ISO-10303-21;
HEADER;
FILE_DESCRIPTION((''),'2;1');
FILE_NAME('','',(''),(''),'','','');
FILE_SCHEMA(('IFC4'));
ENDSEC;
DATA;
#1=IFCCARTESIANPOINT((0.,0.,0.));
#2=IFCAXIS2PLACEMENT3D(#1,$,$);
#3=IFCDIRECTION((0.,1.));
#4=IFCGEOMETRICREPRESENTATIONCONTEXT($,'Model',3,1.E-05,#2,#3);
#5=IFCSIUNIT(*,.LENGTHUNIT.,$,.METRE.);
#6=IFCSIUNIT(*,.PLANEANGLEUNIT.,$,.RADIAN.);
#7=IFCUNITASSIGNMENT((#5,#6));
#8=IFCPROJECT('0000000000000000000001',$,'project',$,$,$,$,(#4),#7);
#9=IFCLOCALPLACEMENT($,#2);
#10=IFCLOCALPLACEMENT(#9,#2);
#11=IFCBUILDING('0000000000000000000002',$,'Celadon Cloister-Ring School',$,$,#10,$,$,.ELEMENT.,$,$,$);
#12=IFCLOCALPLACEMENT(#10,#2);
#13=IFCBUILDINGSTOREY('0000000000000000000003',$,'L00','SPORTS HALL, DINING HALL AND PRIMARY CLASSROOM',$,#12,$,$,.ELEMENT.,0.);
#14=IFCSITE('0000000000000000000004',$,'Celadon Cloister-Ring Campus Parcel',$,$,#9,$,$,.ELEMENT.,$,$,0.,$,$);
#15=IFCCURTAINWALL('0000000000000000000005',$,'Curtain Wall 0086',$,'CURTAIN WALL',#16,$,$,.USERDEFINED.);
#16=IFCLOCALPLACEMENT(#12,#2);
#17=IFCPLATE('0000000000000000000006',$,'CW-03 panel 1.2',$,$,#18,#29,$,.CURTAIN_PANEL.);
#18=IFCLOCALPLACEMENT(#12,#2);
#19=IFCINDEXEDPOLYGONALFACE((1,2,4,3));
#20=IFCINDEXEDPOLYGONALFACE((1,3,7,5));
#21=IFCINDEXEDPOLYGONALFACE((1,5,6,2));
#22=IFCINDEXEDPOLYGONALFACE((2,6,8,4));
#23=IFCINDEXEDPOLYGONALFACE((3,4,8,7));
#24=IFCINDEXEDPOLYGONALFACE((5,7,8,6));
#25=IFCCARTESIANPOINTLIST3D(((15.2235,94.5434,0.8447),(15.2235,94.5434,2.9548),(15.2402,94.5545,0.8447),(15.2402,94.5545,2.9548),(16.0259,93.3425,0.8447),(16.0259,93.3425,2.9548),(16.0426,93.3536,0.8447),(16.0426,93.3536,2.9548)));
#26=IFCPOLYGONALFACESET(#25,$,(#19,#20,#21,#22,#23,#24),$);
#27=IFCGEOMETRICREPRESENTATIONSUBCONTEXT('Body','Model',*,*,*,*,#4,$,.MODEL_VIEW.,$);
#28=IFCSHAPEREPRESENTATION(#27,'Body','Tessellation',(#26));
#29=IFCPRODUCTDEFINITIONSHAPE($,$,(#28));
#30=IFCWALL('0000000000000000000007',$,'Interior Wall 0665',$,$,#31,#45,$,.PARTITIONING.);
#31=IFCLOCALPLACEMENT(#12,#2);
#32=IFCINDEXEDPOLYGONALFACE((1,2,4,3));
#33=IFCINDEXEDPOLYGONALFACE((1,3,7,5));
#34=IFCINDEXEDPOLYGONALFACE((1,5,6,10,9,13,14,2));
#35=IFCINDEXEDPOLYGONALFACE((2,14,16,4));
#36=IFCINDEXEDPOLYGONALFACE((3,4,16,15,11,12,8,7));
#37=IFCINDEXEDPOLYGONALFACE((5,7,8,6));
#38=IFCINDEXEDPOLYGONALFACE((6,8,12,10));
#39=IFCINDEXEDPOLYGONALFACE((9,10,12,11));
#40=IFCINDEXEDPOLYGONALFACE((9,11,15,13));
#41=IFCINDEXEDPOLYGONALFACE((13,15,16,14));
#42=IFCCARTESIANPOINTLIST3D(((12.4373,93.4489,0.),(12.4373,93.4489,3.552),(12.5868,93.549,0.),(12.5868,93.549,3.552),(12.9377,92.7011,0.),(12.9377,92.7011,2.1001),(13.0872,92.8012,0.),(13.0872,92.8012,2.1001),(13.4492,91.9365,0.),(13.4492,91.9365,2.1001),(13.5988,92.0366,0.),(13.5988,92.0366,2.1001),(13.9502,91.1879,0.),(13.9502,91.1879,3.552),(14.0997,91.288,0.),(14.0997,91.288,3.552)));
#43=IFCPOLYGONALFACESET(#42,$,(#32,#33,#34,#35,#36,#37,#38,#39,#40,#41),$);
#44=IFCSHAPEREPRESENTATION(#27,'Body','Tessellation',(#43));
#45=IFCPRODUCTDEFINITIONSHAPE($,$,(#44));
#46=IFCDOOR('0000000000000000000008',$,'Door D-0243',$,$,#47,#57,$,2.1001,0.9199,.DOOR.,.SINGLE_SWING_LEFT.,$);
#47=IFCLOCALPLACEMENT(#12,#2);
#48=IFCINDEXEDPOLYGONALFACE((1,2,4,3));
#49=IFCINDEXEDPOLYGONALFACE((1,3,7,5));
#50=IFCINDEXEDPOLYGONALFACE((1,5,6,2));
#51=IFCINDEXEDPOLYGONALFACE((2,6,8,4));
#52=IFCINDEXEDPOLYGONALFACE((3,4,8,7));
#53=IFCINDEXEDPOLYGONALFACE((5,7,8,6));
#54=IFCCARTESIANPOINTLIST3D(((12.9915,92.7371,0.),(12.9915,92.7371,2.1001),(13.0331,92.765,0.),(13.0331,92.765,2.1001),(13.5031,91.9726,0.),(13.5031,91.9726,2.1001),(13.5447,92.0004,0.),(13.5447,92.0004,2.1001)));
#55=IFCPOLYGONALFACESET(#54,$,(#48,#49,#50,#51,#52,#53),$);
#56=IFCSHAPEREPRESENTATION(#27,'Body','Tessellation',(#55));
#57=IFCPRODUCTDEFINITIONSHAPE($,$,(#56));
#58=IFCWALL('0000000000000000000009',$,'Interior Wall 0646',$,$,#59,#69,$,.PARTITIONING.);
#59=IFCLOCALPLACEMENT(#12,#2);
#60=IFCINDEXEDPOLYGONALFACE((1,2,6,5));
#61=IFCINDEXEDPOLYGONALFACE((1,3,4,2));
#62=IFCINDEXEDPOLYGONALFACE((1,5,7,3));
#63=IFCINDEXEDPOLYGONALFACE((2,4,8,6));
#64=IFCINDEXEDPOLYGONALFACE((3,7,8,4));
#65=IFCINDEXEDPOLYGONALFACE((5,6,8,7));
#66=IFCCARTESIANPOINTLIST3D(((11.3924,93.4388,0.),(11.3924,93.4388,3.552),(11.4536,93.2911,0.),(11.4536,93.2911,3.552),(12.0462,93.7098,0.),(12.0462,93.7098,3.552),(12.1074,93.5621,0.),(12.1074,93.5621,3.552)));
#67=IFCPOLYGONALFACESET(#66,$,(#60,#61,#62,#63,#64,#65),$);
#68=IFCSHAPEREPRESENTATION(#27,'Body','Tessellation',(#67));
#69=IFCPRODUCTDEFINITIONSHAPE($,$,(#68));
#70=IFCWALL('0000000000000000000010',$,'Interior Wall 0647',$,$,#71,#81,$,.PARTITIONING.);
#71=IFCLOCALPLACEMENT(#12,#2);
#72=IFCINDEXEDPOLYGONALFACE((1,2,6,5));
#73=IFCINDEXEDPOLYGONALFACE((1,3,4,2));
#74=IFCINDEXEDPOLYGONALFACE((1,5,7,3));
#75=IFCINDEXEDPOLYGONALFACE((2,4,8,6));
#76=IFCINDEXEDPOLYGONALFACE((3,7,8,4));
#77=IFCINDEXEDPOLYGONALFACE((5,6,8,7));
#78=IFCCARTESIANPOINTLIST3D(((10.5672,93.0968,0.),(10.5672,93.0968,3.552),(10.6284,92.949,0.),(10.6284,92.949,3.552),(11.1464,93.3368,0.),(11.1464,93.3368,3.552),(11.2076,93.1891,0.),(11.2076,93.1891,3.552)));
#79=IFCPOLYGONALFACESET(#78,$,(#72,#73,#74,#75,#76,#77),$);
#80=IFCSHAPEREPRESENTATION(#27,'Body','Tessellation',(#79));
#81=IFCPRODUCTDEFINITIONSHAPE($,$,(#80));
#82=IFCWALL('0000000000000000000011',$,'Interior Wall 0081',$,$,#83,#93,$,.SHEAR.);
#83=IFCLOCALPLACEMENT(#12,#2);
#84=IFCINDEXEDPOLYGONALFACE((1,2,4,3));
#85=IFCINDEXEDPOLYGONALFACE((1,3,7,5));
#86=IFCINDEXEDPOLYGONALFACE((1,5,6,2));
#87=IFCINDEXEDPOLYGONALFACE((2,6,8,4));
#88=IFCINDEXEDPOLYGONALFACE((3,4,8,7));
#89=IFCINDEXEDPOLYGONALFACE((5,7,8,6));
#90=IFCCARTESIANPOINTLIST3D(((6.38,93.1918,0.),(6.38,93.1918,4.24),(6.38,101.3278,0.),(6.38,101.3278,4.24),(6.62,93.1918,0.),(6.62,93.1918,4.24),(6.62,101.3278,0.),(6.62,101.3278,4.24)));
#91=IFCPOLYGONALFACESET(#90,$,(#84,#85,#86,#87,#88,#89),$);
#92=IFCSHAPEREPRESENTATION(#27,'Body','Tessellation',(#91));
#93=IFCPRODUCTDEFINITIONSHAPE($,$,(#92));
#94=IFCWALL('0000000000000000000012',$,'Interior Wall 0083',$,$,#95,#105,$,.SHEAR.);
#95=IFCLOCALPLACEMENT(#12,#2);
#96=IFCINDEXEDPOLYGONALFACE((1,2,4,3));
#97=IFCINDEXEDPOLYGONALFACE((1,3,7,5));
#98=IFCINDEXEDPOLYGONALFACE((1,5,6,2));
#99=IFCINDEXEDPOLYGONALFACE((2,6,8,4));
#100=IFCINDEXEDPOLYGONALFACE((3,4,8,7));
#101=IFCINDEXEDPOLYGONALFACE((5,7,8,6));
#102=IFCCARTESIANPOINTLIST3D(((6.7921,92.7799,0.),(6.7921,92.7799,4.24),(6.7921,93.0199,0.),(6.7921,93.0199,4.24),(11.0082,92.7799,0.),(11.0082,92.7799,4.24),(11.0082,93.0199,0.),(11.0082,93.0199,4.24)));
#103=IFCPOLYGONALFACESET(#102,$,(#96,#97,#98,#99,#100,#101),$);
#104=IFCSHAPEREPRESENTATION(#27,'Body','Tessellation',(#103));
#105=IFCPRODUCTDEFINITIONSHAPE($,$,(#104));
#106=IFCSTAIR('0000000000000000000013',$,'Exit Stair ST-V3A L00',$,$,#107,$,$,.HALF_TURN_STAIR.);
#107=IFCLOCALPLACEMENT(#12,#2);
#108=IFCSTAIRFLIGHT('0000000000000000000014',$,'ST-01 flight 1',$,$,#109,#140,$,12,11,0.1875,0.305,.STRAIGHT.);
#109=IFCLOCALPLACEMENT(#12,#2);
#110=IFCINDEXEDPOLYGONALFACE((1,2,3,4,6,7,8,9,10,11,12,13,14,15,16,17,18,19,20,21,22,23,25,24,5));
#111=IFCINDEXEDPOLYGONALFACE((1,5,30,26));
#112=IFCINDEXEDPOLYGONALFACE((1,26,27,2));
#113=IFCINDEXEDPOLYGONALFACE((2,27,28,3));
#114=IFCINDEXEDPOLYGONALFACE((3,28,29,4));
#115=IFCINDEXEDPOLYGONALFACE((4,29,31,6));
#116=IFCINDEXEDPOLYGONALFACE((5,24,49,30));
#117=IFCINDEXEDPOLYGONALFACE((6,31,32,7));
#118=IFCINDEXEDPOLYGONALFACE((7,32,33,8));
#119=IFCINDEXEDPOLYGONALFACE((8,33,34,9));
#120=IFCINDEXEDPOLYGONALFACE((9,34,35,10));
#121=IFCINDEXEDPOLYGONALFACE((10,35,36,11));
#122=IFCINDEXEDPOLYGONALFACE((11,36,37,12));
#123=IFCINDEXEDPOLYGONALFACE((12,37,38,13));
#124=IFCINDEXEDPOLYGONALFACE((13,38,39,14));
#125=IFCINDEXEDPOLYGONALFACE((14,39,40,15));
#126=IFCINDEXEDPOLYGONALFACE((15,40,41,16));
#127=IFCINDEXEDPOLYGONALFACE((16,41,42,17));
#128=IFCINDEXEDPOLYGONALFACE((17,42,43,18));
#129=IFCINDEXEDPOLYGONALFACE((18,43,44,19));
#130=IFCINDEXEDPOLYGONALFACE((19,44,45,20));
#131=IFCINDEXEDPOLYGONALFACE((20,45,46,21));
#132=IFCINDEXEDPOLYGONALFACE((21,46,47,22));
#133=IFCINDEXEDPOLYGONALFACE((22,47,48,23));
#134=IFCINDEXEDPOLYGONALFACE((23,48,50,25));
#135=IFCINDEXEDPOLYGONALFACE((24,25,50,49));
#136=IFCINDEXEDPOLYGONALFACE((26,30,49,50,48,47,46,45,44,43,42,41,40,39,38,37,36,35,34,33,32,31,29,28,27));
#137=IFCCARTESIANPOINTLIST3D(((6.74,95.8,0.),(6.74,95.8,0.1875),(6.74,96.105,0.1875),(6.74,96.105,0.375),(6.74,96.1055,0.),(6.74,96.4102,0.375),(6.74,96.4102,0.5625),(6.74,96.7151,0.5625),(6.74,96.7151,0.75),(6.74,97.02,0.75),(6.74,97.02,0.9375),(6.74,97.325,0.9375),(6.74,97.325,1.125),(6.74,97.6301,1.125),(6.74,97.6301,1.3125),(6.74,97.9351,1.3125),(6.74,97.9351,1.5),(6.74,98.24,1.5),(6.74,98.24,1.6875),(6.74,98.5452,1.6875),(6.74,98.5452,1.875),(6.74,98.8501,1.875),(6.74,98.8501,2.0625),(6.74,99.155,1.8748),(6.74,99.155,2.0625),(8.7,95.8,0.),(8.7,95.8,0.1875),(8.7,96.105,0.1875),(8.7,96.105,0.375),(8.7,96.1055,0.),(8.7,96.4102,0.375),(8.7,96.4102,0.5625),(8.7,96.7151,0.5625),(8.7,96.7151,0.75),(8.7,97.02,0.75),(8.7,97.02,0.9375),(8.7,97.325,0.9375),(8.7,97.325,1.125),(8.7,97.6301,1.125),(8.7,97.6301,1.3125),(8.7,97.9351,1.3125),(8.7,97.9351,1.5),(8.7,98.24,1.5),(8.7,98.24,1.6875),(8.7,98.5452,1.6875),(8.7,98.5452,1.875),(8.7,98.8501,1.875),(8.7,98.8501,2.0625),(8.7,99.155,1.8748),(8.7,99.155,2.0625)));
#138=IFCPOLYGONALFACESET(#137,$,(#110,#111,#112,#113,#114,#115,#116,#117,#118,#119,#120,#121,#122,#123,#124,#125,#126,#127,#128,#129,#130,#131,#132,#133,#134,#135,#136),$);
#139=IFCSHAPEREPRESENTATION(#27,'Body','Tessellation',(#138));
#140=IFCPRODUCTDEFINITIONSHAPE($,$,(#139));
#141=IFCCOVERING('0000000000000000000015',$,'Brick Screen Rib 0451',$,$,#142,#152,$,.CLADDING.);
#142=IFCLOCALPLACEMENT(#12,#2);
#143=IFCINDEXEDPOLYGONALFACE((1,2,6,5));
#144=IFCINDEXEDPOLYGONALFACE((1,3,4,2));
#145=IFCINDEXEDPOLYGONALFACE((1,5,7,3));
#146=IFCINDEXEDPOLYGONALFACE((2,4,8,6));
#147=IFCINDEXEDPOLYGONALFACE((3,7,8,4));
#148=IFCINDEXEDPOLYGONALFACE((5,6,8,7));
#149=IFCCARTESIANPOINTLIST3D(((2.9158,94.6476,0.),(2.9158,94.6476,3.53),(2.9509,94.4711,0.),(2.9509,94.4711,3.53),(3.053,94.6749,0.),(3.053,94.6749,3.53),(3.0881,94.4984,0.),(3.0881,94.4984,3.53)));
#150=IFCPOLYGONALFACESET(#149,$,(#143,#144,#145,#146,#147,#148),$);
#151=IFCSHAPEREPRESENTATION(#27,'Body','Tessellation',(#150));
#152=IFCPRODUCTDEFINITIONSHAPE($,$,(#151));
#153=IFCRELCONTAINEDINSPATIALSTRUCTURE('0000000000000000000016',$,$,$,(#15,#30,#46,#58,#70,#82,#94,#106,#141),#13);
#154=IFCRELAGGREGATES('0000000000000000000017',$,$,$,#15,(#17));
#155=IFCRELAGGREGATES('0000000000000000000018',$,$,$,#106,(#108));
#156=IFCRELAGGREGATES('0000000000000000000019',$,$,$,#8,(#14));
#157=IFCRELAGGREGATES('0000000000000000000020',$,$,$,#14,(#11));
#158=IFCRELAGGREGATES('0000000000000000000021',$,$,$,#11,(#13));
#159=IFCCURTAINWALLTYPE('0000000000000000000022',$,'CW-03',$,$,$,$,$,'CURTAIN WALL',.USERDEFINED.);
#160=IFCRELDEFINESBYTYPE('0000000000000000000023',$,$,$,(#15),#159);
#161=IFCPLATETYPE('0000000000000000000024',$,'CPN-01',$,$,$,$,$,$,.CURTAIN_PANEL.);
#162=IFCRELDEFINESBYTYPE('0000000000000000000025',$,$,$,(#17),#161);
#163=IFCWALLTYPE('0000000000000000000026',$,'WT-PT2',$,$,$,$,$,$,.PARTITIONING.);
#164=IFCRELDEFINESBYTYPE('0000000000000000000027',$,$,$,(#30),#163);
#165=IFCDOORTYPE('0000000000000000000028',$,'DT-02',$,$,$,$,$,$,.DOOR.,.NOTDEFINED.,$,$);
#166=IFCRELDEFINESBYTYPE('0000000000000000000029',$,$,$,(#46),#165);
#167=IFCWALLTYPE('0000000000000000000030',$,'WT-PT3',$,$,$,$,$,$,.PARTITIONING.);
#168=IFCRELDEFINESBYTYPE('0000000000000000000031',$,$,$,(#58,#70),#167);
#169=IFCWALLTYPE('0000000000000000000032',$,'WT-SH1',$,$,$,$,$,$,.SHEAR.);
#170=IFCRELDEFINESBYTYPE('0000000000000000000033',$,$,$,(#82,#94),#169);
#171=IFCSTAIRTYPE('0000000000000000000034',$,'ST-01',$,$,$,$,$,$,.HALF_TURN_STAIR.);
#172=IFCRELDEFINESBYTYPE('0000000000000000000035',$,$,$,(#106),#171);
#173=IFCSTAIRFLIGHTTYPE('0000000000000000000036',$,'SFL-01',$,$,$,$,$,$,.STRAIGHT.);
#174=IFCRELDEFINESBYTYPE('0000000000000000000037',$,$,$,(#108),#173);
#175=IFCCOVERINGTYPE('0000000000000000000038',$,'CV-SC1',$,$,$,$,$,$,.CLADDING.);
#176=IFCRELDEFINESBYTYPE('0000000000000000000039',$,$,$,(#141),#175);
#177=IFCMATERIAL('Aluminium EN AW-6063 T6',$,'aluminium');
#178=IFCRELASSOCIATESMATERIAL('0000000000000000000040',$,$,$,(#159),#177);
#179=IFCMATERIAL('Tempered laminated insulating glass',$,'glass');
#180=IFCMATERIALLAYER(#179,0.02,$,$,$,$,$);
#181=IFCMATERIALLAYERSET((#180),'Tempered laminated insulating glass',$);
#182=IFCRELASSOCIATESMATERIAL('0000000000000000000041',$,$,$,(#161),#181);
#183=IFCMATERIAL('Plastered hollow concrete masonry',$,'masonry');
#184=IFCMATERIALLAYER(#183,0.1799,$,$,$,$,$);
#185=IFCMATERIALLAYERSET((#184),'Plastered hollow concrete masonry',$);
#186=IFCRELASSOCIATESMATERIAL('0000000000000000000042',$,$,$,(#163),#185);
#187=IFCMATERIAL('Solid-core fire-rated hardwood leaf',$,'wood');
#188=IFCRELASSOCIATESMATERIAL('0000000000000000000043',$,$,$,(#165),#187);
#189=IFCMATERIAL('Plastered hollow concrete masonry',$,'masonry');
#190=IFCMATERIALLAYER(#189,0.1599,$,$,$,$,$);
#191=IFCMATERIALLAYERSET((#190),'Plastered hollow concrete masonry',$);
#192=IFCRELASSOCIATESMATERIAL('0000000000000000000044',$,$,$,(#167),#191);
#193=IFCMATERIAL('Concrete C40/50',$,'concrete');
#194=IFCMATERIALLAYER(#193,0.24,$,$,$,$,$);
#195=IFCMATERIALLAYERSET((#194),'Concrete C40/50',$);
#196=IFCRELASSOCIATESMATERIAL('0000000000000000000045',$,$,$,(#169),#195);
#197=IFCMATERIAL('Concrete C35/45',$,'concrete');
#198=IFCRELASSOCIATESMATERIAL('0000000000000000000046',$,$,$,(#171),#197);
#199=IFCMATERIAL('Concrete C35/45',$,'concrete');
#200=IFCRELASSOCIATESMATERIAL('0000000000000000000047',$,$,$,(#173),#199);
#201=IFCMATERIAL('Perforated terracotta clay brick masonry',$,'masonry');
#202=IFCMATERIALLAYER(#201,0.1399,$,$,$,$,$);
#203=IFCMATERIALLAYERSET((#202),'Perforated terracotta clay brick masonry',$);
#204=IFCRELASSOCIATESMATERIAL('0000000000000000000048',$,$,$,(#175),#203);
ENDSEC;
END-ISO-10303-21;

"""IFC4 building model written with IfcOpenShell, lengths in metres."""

from ifc_helpers import new_model, si_unit, direction, frame, frame_2d, origin, origin_2d, place, context, subcontext, project, spatial, polyline, rectangle, outline, extrude, material, layer, layer_set, type_object, element, fill, aggregate, save


model = new_model("IFC4")

# Units and contexts
model_context = context("Model", 3, precision=1e-05, world=origin(), true_north=direction((0.0, 1.0)))
body_context = subcontext(model_context, "Body", "Model", "MODEL_VIEW")
ifc_project = project(units=[si_unit("LENGTHUNIT", "METRE"), si_unit("PLANEANGLEUNIT", "RADIAN")], contexts=[model_context])

# Site, building, storey
site_placement = place(None, origin())
site = spatial("IfcSite", under=ifc_project, at=site_placement, Name="Celadon Cloister-Ring Campus Parcel", CompositionType="ELEMENT", RefElevation=0.0)
building_placement = place(site_placement, origin())
building = spatial("IfcBuilding", under=site, at=building_placement, Name="Celadon Cloister-Ring School", CompositionType="ELEMENT")
storey_placement = place(building_placement, origin())
storey = spatial("IfcBuildingStorey", under=building, at=storey_placement, Name="L00", Description="SPORTS HALL, DINING HALL AND PRIMARY CLASSROOM", CompositionType="ELEMENT", Elevation=0.0)

# Shared definitions
ifc_material_1 = material(Name="Aluminium EN AW-6063 T6", Category="aluminium")
curtain_wall_type = type_object("IfcCurtainWallType", Name="CW-03", ElementType="CURTAIN WALL", PredefinedType="USERDEFINED", material=ifc_material_1)

# Curtain wall
curtain_wall_1_placement = place(storey_placement, origin())
curtain_wall_1 = element("IfcCurtainWall", 1, at=curtain_wall_1_placement, inside=storey, type_object=curtain_wall_type, Name="Curtain Wall 0086", ObjectType="CURTAIN WALL", PredefinedType="USERDEFINED")

# Plate
ifc_material_2 = material(Name="Tempered laminated insulating glass", Category="glass")
ifc_layer_1 = layer(ifc_material_2, 0.02)
ifc_layer_set_1 = layer_set([ifc_layer_1], Name="Tempered laminated insulating glass")
plate_type = type_object("IfcPlateType", Name="CPN-01", PredefinedType="CURTAIN_PANEL", material=ifc_layer_set_1)
plate_1_placement = place(storey_placement, frame((15.6331, 93.9485, 0.8447), z_axis=(0.0, 0.0, 1.0), x_axis=(0.555547, -0.831485, 0.0)))
plate_1 = element("IfcPlate", 2, at=plate_1_placement, type_object=plate_type, Name="CW-03 panel 1.2", PredefinedType="CURTAIN_PANEL", context=body_context, shape_type="SweptSolid", body=[
    extrude(rectangle(XDim=1.4443, YDim=0.02, at=origin_2d()), origin(), (0.0, 0.0, 1.0), 2.1101),
])
aggregate(curtain_wall_1, [plate_1])

# Wall, opening, door
ifc_material_3 = material(Name="Plastered hollow concrete masonry", Category="masonry")
ifc_layer_2 = layer(ifc_material_3, 0.1799)
ifc_layer_set_2 = layer_set([ifc_layer_2], Name="Plastered hollow concrete masonry")
wall_type_1 = type_object("IfcWallType", Name="WT-PT2", PredefinedType="PARTITIONING", material=ifc_layer_set_2)
wall_1_placement = place(storey_placement, frame((12.512, 93.499, 0.0), z_axis=(0.0, 0.0, 1.0), x_axis=(0.556128, -0.831096, 0.0)))
wall_1 = element("IfcWall", 3, at=wall_1_placement, inside=storey, type_object=wall_type_1, Name="Interior Wall 0665", PredefinedType="PARTITIONING", context=body_context, shape_type="SweptSolid", body=[
    extrude(rectangle(XDim=2.7205, YDim=0.1799, at=frame_2d((1.3604, 0.0))), origin(), (0.0, 0.0, 1.0), 3.552),
])
opening_placement = place(wall_1_placement, frame((0.8999, 0.0, 0.0)))
opening = element("IfcOpeningElement", 4, at=opening_placement, cuts=wall_1, PredefinedType="OPENING", context=body_context, shape_type="SweptSolid", body=[
    extrude(rectangle(XDim=0.9199, YDim=2.1001, at=frame_2d((0.46, 1.05))), frame((0.0, 0.1001, 0.0), z_axis=(0.0, -1.0, 0.0), x_axis=(1.0, 0.0, 0.0)), (0.0, 0.0, 1.0), 0.2),
])
ifc_material_4 = material(Name="Solid-core fire-rated hardwood leaf", Category="wood")
door_type = type_object("IfcDoorType", Name="DT-02", OperationType="NOTDEFINED", PredefinedType="DOOR", material=ifc_material_4)
door_placement = place(opening_placement, origin())
door = element("IfcDoor", 5, at=door_placement, inside=storey, type_object=door_type, Name="Door D-0243", OperationType="SINGLE_SWING_LEFT", OverallHeight=2.1001, OverallWidth=0.9199, PredefinedType="DOOR", context=body_context, shape_type="SweptSolid", body=[
    extrude(rectangle(XDim=0.9199, YDim=2.1001, at=frame_2d((0.46, 1.05))), frame((0.0, 0.0249, 0.0), z_axis=(0.0, -1.0, 0.0), x_axis=(1.0, 0.0, 0.0)), (0.0, 0.0, 1.0), 0.05),
])
fill(opening, door)

# Walls
ifc_material_5 = material(Name="Plastered hollow concrete masonry", Category="masonry")
ifc_layer_3 = layer(ifc_material_5, 0.1599)
ifc_layer_set_3 = layer_set([ifc_layer_3], Name="Plastered hollow concrete masonry")
wall_type_2 = type_object("IfcWallType", Name="WT-PT3", PredefinedType="PARTITIONING", material=ifc_layer_set_3)
wall_2_placement = place(storey_placement, frame((12.0769, 93.636, 0.0), z_axis=(0.0, 0.0, 1.0), x_axis=(-0.92379, -0.3829, 0.0)))
element("IfcWall", 6, at=wall_2_placement, inside=storey, type_object=wall_type_2, Name="Interior Wall 0646", PredefinedType="PARTITIONING", context=body_context, shape_type="SweptSolid", body=[
    extrude(rectangle(XDim=0.7078, YDim=0.1599, at=frame_2d((0.354, 0.0))), origin(), (0.0, 0.0, 1.0), 3.552),
])
wall_3_placement = place(storey_placement, frame((11.177, 93.2629, 0.0), z_axis=(0.0, 0.0, 1.0), x_axis=(-0.923813, -0.382845, 0.0)))
element("IfcWall", 7, at=wall_3_placement, inside=storey, type_object=wall_type_2, Name="Interior Wall 0647", PredefinedType="PARTITIONING", context=body_context, shape_type="SweptSolid", body=[
    extrude(rectangle(XDim=0.627, YDim=0.1599, at=frame_2d((0.3135, 0.0))), origin(), (0.0, 0.0, 1.0), 3.552),
])
ifc_material_6 = material(Name="Concrete C40/50", Category="concrete")
ifc_layer_4 = layer(ifc_material_6, 0.24)
ifc_layer_set_4 = layer_set([ifc_layer_4], Name="Concrete C40/50")
wall_type_3 = type_object("IfcWallType", Name="WT-SH1", PredefinedType="SHEAR", material=ifc_layer_set_4)
wall_4_placement = place(storey_placement, frame((6.5, 93.1919, 0.0), z_axis=(0.0, 0.0, 1.0), x_axis=(0.0, 1.0, 0.0)))
element("IfcWall", 8, at=wall_4_placement, inside=storey, type_object=wall_type_3, Name="Interior Wall 0081", PredefinedType="SHEAR", context=body_context, shape_type="SweptSolid", body=[
    extrude(rectangle(XDim=8.136, YDim=0.24, at=frame_2d((4.0679, 0.0))), origin(), (0.0, 0.0, 1.0), 4.24),
])
wall_5_placement = place(storey_placement, frame((11.0081, 92.8999, 0.0), z_axis=(0.0, 0.0, 1.0), x_axis=(-1.0, 0.0, 0.0)))
element("IfcWall", 9, at=wall_5_placement, inside=storey, type_object=wall_type_3, Name="Interior Wall 0083", PredefinedType="SHEAR", context=body_context, shape_type="SweptSolid", body=[
    extrude(rectangle(XDim=4.2161, YDim=0.24, at=frame_2d((2.1079, 0.0))), origin(), (0.0, 0.0, 1.0), 4.24),
])

# Stair, stair flight
ifc_material_7 = material(Name="Concrete C35/45", Category="concrete")
stair_type = type_object("IfcStairType", Name="ST-01", PredefinedType="HALF_TURN_STAIR", material=ifc_material_7)
stair_placement = place(storey_placement, origin())
stair = element("IfcStair", 10, at=stair_placement, inside=storey, type_object=stair_type, Name="Exit Stair ST-V3A L00", PredefinedType="HALF_TURN_STAIR")
ifc_material_8 = material(Name="Concrete C35/45", Category="concrete")
stair_flight_type = type_object("IfcStairFlightType", Name="SFL-01", PredefinedType="STRAIGHT", material=ifc_material_8)
stair_flight_placement = place(storey_placement, frame((7.72, 95.8, 0.0), z_axis=(0.0, 0.0, 1.0), x_axis=(0.0, 1.0, 0.0)))
stair_flight = element("IfcStairFlight", 11, at=stair_flight_placement, type_object=stair_flight_type, Name="ST-01 flight 1", NumberOfRisers=12, NumberOfTreads=11, PredefinedType="STRAIGHT", RiserHeight=0.1875, TreadLength=0.305, context=body_context, shape_type="SweptSolid", body=[
    extrude(outline(polyline([(0.0, 0.0), (0.0, 0.1875), (0.3049, 0.1875), (0.3049, 0.375), (0.6101, 0.375), (0.6101, 0.5625), (0.915, 0.5625), (0.915, 0.75), (1.22, 0.75), (1.22, 0.9375), (1.5249, 0.9375), (1.5249, 1.125), (1.8301, 1.125), (1.8301, 1.3125), (2.135, 1.3125), (2.135, 1.5), (2.4399, 1.5), (2.4399, 1.6875), (2.7451, 1.6875), (2.7451, 1.875), (3.05, 1.875), (3.05, 2.0625), (3.355, 2.0625), (3.355, 2.25), (3.355, 1.8748), (0.3054, 0.0), (0.0, 0.0)])), frame((0.0, 0.98, 0.0), z_axis=(0.0, -1.0, 0.0), x_axis=(1.0, 0.0, 0.0)), (0.0, 0.0, 1.0), 1.96),
])
aggregate(stair, [stair_flight])

# Covering
ifc_material_9 = material(Name="Perforated terracotta clay brick masonry", Category="masonry")
ifc_layer_5 = layer(ifc_material_9, 0.1399)
ifc_layer_set_5 = layer_set([ifc_layer_5], Name="Perforated terracotta clay brick masonry")
covering_type = type_object("IfcCoveringType", Name="CV-SC1", PredefinedType="CLADDING", material=ifc_layer_set_5)
covering_placement = place(storey_placement, frame((3.002, 94.573, 0.0), z_axis=(0.0, 0.0, 1.0), x_axis=(-0.195142, 0.980775, 0.0)))
element("IfcCovering", 12, at=covering_placement, inside=storey, type_object=covering_type, Name="Brick Screen Rib 0451", PredefinedType="CLADDING", context=body_context, shape_type="SweptSolid", body=[
    extrude(rectangle(XDim=0.1799, YDim=0.1399, at=origin_2d()), origin(), (0.0, 0.0, 1.0), 3.53),
])

save(model, "model.ifc")
